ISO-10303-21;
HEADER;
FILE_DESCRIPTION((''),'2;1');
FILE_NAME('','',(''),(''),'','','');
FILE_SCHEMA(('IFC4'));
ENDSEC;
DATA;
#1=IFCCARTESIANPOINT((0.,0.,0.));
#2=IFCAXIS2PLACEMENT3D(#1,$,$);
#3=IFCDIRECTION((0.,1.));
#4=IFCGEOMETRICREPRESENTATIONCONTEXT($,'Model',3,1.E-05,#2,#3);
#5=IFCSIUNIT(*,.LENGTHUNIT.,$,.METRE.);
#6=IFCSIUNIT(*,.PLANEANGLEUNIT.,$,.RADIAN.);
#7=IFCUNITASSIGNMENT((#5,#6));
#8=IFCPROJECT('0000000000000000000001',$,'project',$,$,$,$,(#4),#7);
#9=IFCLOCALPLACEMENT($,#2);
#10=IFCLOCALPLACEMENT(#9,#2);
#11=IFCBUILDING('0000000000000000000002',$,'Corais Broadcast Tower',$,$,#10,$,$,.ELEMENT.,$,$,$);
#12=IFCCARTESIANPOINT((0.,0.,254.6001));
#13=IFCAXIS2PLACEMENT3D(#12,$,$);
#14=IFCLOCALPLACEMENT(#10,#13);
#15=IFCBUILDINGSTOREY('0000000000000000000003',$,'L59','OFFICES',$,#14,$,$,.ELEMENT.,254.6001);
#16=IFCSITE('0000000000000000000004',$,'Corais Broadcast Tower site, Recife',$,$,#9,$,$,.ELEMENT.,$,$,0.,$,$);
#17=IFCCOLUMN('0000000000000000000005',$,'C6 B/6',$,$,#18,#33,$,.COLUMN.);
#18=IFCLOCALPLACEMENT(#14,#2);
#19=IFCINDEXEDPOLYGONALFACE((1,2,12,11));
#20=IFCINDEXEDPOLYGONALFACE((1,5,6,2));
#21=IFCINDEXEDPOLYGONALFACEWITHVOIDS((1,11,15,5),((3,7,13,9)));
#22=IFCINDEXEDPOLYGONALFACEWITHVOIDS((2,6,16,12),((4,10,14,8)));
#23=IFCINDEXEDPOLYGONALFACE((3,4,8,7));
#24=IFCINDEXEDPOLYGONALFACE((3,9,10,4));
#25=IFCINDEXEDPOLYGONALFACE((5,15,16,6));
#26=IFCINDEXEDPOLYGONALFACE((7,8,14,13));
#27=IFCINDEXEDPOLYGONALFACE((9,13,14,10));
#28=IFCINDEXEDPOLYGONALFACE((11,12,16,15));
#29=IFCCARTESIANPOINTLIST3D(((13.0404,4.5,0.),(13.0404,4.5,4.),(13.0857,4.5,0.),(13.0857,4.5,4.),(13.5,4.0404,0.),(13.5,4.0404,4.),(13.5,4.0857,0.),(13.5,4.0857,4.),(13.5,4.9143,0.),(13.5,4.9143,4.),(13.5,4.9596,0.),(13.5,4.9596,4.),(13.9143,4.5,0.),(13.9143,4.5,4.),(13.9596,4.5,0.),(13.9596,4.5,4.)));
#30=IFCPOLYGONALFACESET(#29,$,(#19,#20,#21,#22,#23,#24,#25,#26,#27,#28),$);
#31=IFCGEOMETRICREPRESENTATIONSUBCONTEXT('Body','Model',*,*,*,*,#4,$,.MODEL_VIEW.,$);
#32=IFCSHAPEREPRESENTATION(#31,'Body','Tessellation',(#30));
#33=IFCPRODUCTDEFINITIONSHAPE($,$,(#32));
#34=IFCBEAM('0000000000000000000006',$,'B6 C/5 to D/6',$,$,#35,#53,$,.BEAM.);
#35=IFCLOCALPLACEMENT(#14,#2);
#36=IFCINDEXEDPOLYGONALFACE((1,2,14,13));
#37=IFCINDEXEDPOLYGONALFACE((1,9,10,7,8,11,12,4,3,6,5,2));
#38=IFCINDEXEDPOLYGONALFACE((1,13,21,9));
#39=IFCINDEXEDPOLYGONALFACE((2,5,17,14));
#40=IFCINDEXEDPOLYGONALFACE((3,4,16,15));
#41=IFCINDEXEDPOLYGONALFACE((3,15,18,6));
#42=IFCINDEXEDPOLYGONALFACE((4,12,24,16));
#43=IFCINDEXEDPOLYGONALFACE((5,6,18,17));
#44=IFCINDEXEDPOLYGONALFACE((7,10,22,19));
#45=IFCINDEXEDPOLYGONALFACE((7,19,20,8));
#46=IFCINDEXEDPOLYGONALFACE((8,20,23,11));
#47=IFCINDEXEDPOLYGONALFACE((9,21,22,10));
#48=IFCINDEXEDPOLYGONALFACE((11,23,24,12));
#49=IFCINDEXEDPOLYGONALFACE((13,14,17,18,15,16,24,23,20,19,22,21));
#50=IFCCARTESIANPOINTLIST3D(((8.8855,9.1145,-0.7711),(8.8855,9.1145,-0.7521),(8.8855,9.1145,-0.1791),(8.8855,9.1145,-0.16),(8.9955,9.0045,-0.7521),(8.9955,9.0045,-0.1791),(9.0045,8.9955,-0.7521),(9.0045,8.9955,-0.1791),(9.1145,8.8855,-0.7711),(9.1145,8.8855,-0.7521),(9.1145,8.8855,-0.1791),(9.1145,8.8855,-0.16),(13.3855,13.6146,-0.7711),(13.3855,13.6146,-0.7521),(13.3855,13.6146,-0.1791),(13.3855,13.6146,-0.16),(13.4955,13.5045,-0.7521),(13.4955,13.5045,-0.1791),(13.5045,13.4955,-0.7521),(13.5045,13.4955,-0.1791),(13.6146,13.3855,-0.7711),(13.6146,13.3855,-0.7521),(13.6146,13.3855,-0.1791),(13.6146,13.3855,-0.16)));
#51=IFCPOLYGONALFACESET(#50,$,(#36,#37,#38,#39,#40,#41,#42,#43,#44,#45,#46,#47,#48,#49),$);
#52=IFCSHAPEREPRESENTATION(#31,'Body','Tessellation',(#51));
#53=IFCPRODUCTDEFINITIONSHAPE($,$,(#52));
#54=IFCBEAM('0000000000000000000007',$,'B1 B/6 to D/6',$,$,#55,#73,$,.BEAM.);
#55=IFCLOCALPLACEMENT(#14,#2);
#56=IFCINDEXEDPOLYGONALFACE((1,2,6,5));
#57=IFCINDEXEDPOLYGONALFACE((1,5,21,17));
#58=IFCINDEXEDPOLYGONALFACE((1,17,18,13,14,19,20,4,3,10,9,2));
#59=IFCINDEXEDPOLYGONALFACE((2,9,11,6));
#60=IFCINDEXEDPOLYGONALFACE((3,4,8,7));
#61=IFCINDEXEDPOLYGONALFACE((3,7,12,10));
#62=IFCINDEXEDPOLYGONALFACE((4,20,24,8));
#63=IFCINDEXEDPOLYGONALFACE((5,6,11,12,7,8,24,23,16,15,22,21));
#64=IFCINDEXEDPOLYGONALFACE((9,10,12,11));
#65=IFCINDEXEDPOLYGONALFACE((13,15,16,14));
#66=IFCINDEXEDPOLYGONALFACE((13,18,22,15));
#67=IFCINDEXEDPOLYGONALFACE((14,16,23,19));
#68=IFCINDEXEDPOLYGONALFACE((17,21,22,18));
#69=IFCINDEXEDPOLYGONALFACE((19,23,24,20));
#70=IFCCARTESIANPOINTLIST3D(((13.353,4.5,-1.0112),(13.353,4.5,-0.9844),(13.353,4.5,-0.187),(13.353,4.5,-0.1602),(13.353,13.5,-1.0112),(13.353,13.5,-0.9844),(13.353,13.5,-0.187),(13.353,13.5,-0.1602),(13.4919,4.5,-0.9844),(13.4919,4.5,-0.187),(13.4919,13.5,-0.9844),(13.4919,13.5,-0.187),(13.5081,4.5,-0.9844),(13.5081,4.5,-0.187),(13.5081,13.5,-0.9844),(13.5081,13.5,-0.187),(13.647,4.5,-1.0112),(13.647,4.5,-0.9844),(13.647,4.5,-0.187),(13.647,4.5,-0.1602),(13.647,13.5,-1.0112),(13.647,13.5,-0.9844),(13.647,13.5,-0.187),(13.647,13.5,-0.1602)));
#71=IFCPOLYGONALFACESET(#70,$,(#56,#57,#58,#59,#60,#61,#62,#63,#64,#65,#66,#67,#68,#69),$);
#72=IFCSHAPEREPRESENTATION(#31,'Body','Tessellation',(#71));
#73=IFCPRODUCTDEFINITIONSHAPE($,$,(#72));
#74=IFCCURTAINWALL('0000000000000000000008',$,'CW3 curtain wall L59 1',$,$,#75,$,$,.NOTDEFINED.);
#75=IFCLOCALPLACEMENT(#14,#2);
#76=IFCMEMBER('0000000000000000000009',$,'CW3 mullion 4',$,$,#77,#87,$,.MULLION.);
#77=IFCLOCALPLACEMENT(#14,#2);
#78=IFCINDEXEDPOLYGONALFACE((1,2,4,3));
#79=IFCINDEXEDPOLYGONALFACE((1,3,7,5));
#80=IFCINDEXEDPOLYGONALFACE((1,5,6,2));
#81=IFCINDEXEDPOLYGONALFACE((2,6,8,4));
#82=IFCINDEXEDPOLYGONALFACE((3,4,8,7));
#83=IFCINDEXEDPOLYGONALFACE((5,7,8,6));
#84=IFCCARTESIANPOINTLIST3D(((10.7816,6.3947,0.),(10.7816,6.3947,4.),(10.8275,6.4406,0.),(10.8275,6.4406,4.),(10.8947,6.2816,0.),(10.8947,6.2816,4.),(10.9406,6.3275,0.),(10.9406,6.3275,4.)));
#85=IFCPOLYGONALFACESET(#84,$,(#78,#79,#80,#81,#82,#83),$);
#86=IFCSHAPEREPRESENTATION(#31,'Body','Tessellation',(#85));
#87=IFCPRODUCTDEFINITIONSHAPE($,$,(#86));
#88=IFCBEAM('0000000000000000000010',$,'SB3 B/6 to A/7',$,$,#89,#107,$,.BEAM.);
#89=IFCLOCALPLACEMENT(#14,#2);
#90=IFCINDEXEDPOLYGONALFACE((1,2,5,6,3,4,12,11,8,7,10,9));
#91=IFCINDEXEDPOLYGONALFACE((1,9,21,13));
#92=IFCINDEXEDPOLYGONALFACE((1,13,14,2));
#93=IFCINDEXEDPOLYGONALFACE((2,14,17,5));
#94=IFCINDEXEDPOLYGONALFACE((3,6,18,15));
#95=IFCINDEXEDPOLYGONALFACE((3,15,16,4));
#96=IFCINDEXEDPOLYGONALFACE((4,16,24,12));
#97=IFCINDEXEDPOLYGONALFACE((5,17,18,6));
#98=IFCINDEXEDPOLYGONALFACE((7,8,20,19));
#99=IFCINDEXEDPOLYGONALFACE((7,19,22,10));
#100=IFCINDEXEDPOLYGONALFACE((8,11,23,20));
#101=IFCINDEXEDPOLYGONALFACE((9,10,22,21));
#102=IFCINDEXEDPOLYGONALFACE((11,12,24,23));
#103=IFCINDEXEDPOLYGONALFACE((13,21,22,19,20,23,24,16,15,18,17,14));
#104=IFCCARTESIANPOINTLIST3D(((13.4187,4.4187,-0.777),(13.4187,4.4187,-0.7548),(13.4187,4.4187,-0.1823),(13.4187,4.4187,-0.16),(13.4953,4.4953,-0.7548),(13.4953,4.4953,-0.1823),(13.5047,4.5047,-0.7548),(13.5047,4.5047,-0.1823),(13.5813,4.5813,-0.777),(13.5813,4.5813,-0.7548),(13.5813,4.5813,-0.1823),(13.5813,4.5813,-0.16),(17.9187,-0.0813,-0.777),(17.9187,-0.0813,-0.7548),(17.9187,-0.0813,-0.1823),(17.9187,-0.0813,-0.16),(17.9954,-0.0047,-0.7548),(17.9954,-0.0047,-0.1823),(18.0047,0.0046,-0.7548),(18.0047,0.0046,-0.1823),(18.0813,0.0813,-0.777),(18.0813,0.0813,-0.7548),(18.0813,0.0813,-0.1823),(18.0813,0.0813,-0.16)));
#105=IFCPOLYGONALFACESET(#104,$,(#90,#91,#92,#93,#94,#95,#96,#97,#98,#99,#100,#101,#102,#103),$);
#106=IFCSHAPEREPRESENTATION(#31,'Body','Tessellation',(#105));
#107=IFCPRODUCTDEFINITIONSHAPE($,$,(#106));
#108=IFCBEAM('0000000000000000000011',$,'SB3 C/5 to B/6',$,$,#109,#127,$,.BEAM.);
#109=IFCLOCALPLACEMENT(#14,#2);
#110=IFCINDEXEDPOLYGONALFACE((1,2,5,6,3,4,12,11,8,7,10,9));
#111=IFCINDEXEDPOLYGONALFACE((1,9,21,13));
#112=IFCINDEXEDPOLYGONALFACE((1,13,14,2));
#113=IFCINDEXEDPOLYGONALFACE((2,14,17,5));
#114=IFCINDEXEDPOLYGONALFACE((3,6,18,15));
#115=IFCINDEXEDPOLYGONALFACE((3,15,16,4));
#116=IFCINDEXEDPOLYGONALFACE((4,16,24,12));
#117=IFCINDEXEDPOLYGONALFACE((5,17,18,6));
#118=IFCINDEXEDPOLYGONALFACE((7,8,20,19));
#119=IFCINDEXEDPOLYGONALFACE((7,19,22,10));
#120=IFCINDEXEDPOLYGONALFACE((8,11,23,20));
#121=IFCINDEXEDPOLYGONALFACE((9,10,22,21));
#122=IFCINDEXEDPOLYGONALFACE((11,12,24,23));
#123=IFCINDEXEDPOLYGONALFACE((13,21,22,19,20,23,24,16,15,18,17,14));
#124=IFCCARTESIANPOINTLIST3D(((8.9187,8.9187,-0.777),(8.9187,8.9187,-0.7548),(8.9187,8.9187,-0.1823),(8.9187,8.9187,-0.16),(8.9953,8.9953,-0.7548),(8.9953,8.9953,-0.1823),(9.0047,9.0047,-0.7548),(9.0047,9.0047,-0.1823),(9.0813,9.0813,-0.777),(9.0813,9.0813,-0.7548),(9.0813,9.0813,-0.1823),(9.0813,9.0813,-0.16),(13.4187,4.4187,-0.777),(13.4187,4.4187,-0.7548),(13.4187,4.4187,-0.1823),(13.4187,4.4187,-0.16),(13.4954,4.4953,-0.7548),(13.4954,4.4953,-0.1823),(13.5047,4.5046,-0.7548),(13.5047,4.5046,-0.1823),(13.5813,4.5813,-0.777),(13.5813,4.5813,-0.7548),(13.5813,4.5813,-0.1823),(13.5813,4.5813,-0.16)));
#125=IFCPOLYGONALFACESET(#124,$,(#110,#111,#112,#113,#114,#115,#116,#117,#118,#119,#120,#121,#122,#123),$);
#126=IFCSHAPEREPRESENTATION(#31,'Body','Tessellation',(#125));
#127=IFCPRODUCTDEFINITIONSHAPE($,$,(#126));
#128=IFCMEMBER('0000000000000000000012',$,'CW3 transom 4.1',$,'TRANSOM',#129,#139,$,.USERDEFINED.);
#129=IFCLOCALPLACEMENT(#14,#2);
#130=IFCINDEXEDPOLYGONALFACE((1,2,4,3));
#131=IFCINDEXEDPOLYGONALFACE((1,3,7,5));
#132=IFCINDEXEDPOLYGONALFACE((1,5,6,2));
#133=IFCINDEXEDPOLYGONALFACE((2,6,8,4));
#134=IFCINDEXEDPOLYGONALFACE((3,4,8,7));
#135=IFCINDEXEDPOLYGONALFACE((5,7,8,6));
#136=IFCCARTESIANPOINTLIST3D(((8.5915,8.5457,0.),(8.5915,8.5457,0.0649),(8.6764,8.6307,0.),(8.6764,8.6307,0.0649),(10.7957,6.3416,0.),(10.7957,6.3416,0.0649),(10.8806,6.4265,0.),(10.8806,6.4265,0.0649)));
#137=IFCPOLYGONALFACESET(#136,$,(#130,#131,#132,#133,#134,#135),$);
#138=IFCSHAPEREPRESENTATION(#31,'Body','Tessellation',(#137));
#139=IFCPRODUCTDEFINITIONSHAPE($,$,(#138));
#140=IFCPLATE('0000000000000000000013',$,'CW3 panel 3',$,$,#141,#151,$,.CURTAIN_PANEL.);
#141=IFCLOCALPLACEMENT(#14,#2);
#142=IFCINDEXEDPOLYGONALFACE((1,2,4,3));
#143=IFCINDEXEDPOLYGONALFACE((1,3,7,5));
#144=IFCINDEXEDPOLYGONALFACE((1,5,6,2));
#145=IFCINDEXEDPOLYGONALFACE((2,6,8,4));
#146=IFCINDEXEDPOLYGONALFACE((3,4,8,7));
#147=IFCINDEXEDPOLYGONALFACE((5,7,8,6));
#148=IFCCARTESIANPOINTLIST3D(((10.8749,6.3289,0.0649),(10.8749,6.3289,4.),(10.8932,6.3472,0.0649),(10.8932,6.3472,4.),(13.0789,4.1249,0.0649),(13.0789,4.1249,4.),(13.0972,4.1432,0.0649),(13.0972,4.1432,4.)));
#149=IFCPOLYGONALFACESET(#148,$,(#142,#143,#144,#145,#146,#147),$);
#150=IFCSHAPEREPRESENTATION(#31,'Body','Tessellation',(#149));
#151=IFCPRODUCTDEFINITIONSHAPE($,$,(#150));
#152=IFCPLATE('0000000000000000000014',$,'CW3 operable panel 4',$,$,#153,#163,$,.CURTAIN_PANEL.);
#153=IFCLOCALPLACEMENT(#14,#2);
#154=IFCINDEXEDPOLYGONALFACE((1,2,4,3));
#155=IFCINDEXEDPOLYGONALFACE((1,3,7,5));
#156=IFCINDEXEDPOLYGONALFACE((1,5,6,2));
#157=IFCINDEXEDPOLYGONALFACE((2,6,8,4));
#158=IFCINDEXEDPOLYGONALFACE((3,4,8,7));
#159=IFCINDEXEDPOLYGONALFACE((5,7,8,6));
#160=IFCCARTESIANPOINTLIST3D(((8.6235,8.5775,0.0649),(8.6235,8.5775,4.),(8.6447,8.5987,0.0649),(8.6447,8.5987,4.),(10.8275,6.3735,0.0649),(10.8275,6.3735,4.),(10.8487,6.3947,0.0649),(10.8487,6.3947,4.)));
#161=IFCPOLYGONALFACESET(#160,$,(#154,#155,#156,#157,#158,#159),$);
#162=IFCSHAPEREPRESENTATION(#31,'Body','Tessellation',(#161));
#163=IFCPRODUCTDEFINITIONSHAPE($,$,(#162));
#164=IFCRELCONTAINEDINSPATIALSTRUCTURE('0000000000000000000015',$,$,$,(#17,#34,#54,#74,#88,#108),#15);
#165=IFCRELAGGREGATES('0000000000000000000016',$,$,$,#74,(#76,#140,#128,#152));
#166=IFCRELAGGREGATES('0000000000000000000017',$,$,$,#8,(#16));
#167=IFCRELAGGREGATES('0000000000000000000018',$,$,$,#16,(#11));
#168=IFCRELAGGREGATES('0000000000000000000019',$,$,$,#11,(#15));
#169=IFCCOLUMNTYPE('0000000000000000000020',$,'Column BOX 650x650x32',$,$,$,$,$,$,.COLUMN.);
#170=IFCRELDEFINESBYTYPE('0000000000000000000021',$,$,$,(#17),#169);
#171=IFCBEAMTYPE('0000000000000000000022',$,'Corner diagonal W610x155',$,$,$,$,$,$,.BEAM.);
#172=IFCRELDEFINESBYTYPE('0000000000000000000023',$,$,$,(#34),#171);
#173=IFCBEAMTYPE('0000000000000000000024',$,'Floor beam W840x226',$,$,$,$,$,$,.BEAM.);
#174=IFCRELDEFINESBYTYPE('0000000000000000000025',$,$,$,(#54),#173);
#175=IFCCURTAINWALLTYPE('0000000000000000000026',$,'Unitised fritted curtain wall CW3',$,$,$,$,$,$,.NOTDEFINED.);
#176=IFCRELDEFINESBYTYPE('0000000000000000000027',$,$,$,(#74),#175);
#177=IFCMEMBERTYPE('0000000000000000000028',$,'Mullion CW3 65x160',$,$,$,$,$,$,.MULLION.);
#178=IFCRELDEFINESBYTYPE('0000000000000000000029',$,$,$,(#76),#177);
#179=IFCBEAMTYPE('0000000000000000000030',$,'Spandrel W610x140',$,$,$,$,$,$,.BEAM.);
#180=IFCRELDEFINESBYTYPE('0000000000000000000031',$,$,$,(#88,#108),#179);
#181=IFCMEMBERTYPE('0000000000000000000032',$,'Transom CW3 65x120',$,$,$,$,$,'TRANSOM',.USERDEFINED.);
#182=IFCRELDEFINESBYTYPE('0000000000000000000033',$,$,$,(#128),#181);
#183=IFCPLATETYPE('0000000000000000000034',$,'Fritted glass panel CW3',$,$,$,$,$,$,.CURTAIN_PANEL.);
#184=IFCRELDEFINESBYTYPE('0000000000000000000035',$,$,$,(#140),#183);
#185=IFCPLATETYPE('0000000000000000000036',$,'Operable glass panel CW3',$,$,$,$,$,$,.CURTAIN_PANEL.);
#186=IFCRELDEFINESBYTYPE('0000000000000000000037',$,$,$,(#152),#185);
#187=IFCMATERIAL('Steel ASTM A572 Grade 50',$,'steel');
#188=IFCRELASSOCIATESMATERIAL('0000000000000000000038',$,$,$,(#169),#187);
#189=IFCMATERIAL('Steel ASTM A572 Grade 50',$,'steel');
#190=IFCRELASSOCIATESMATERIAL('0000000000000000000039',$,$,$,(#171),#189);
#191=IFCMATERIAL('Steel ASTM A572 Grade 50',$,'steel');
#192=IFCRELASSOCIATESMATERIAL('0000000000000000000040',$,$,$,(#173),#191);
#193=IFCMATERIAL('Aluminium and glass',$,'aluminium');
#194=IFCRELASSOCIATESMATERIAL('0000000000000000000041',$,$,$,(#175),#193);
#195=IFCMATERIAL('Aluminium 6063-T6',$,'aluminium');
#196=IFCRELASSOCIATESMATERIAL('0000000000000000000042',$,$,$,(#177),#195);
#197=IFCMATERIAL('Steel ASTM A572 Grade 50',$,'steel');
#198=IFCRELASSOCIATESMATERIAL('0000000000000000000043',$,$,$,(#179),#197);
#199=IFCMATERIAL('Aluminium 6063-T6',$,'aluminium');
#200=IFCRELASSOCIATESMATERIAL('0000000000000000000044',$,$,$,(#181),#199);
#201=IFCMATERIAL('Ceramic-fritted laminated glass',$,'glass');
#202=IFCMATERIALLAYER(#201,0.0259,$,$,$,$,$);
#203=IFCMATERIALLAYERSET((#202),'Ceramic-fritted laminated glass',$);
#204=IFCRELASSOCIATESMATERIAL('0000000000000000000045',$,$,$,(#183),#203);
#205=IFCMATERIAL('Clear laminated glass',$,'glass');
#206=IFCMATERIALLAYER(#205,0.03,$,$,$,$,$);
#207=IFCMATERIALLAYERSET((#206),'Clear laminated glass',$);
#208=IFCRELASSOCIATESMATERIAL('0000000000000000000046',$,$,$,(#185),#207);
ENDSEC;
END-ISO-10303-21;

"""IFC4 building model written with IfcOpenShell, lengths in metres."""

from ifc_helpers import new_model, si_unit, direction, frame, origin, origin_2d, place, context, subcontext, project, spatial, rectangle, hollow_rectangle, i_section, extrude, material, layer, layer_set, material_profile, profile_set, type_object, element, aggregate, save


model = new_model("IFC4")

# Units and contexts
model_context = context("Model", 3, precision=1e-05, world=origin(), true_north=direction((0.0, 1.0)))
body_context = subcontext(model_context, "Body", "Model", "MODEL_VIEW")
ifc_project = project(units=[si_unit("LENGTHUNIT", "METRE"), si_unit("PLANEANGLEUNIT", "RADIAN")], contexts=[model_context])

# Site, building, storey
site_placement = place(None, origin())
site = spatial("IfcSite", under=ifc_project, at=site_placement, Name="Corais Broadcast Tower site, Recife", CompositionType="ELEMENT", RefElevation=0.0)
building_placement = place(site_placement, origin())
building = spatial("IfcBuilding", under=site, at=building_placement, Name="Corais Broadcast Tower", CompositionType="ELEMENT")
storey_placement = place(building_placement, frame((0.0, 0.0, 254.6001)))
storey = spatial("IfcBuildingStorey", under=building, at=storey_placement, Name="L59", Description="OFFICES", CompositionType="ELEMENT", Elevation=254.6001)

# Column
ifc_material_1 = material(Name="Steel ASTM A572 Grade 50", Category="steel")
ifc_material_profile_1 = material_profile(ifc_material_1, hollow_rectangle(XDim=0.6499, YDim=0.6499, WallThickness=0.032, at=origin_2d()), Name="BOX 650x650x32")
ifc_profile_set_1 = profile_set([ifc_material_profile_1], Name="Steel ASTM A572 Grade 50")
column_type = type_object("IfcColumnType", Name="Column BOX 650x650x32", PredefinedType="COLUMN", material=ifc_profile_set_1)
column_placement = place(storey_placement, frame((13.5, 4.5, 0.0), z_axis=(0.0, 0.0, 1.0), x_axis=(0.707107, 0.707107, 0.0)))
element("IfcColumn", 1, at=column_placement, inside=storey, type_object=column_type, Name="C6 B/6", PredefinedType="COLUMN", context=body_context, shape_type="SweptSolid", body=[
    extrude(hollow_rectangle(XDim=0.6499, YDim=0.6499, WallThickness=0.032, at=origin_2d()), origin(), (0.0, 0.0, 1.0), 4.0),
])

# Beams
ifc_material_2 = material(Name="Steel ASTM A572 Grade 50", Category="steel")
ifc_material_profile_2 = material_profile(ifc_material_2, i_section(OverallWidth=0.324, OverallDepth=0.6111, WebThickness=0.0127, FlangeThickness=0.019, at=origin_2d()), Name="W610x155")
ifc_profile_set_2 = profile_set([ifc_material_profile_2], Name="Steel ASTM A572 Grade 50")
beam_type_1 = type_object("IfcBeamType", Name="Corner diagonal W610x155", PredefinedType="BEAM", material=ifc_profile_set_2)
beam_1_placement = place(storey_placement, frame((9.0, 9.0, -0.4656), z_axis=(0.707107, 0.707107, 0.0), x_axis=(-0.707107, 0.707107, 0.0)))
element("IfcBeam", 2, at=beam_1_placement, inside=storey, type_object=beam_type_1, Name="B6 C/5 to D/6", PredefinedType="BEAM", context=body_context, shape_type="SweptSolid", body=[
    extrude(i_section(OverallWidth=0.324, OverallDepth=0.6111, WebThickness=0.0127, FlangeThickness=0.019, at=origin_2d()), origin(), (0.0, 0.0, 1.0), 6.364),
])
ifc_material_3 = material(Name="Steel ASTM A572 Grade 50", Category="steel")
ifc_material_profile_3 = material_profile(ifc_material_3, i_section(OverallWidth=0.2939, OverallDepth=0.8511, WebThickness=0.0161, FlangeThickness=0.0269, at=origin_2d()), Name="W840x226")
ifc_profile_set_3 = profile_set([ifc_material_profile_3], Name="Steel ASTM A572 Grade 50")
beam_type_2 = type_object("IfcBeamType", Name="Floor beam W840x226", PredefinedType="BEAM", material=ifc_profile_set_3)
beam_2_placement = place(storey_placement, frame((13.5, 4.5, -0.5857), z_axis=(0.0, 1.0, 0.0), x_axis=(-1.0, 0.0, 0.0)))
element("IfcBeam", 3, at=beam_2_placement, inside=storey, type_object=beam_type_2, Name="B1 B/6 to D/6", PredefinedType="BEAM", context=body_context, shape_type="SweptSolid", body=[
    extrude(i_section(OverallWidth=0.2939, OverallDepth=0.8511, WebThickness=0.0161, FlangeThickness=0.0269, at=origin_2d()), origin(), (0.0, 0.0, 1.0), 9.0),
])

# Curtain wall, member
ifc_material_4 = material(Name="Aluminium and glass", Category="aluminium")
curtain_wall_type = type_object("IfcCurtainWallType", Name="Unitised fritted curtain wall CW3", PredefinedType="NOTDEFINED", material=ifc_material_4)
curtain_wall_placement = place(storey_placement, origin())
curtain_wall = element("IfcCurtainWall", 4, at=curtain_wall_placement, inside=storey, type_object=curtain_wall_type, Name="CW3 curtain wall L59 1", PredefinedType="NOTDEFINED")
ifc_material_5 = material(Name="Aluminium 6063-T6", Category="aluminium")
ifc_material_profile_4 = material_profile(ifc_material_5, rectangle(XDim=0.0649, YDim=0.1599, at=origin_2d()), Name="Mullion CW3 65x160")
ifc_profile_set_4 = profile_set([ifc_material_profile_4], Name="Aluminium 6063-T6")
member_type_1 = type_object("IfcMemberType", Name="Mullion CW3 65x160", PredefinedType="MULLION", material=ifc_profile_set_4)
member_1_placement = place(storey_placement, frame((10.8611, 6.3611, 0.0), z_axis=(0.0, 0.0, 1.0), x_axis=(-0.707107, -0.707107, 0.0)))
member_1 = element("IfcMember", 5, at=member_1_placement, type_object=member_type_1, Name="CW3 mullion 4", PredefinedType="MULLION", context=body_context, shape_type="SweptSolid", body=[
    extrude(rectangle(XDim=0.0649, YDim=0.1599, at=origin_2d()), origin(), (0.0, 0.0, 1.0), 4.0),
])

# Beams
ifc_material_6 = material(Name="Steel ASTM A572 Grade 50", Category="steel")
ifc_material_profile_5 = material_profile(ifc_material_6, i_section(OverallWidth=0.23, OverallDepth=0.6169, WebThickness=0.0132, FlangeThickness=0.0222, at=origin_2d()), Name="W610x140")
ifc_profile_set_5 = profile_set([ifc_material_profile_5], Name="Steel ASTM A572 Grade 50")
beam_type_3 = type_object("IfcBeamType", Name="Spandrel W610x140", PredefinedType="BEAM", material=ifc_profile_set_5)
for number, where, z_axis, x_axis, name in (
    (6, (13.5, 4.5, -0.4685), (0.707107, -0.707107, 0.0), (0.707107, 0.707107, 0.0), "SB3 B/6 to A/7"),
    (7, (9.0, 9.0, -0.4685), (0.707107, -0.707107, 0.0), (0.707107, 0.707107, 0.0), "SB3 C/5 to B/6"),
):
    element("IfcBeam", number, at=place(storey_placement, frame(where, z_axis=z_axis, x_axis=x_axis)), inside=storey, type_object=beam_type_3, Name=name, PredefinedType="BEAM", context=body_context, shape_type="SweptSolid", body=[
        extrude(i_section(OverallWidth=0.23, OverallDepth=0.6169, WebThickness=0.0132, FlangeThickness=0.0222, at=origin_2d()), origin(), (0.0, 0.0, 1.0), 6.364),
    ])

# Member
ifc_material_7 = material(Name="Aluminium 6063-T6", Category="aluminium")
ifc_material_profile_6 = material_profile(ifc_material_7, rectangle(XDim=0.1201, YDim=0.0649, at=origin_2d()), Name="Transom CW3 65x120")
ifc_profile_set_6 = profile_set([ifc_material_profile_6], Name="Aluminium 6063-T6")
member_type_2 = type_object("IfcMemberType", Name="Transom CW3 65x120", ElementType="TRANSOM", PredefinedType="USERDEFINED", material=ifc_profile_set_6)
member_2_placement = place(storey_placement, frame((10.8381, 6.384, 0.0325), z_axis=(-0.707107, 0.707107, 0.0), x_axis=(-0.707107, -0.707107, 0.0)))
member_2 = element("IfcMember", 8, at=member_2_placement, type_object=member_type_2, Name="CW3 transom 4.1", ObjectType="TRANSOM", PredefinedType="USERDEFINED", context=body_context, shape_type="SweptSolid", body=[
    extrude(rectangle(XDim=0.1201, YDim=0.0649, at=origin_2d()), origin(), (0.0, 0.0, 1.0), 3.1172),
])

# Plates
ifc_material_8 = material(Name="Ceramic-fritted laminated glass", Category="glass")
ifc_layer_1 = layer(ifc_material_8, 0.0259)
ifc_layer_set_1 = layer_set([ifc_layer_1], Name="Ceramic-fritted laminated glass")
plate_type_1 = type_object("IfcPlateType", Name="Fritted glass panel CW3", PredefinedType="CURTAIN_PANEL", material=ifc_layer_set_1)
plate_1_placement = place(storey_placement, frame((11.9861, 5.2361, 0.0649), z_axis=(0.0, 0.0, 1.0), x_axis=(-0.707107, 0.707107, 0.0)))
plate_1 = element("IfcPlate", 9, at=plate_1_placement, type_object=plate_type_1, Name="CW3 panel 3", PredefinedType="CURTAIN_PANEL", context=body_context, shape_type="SweptSolid", body=[
    extrude(rectangle(XDim=3.1169, YDim=0.0259, at=origin_2d()), origin(), (0.0, 0.0, 1.0), 3.9351),
])
ifc_material_9 = material(Name="Clear laminated glass", Category="glass")
ifc_layer_2 = layer(ifc_material_9, 0.03)
ifc_layer_set_2 = layer_set([ifc_layer_2], Name="Clear laminated glass")
plate_type_2 = type_object("IfcPlateType", Name="Operable glass panel CW3", PredefinedType="CURTAIN_PANEL", material=ifc_layer_set_2)
plate_2_placement = place(storey_placement, frame((9.7361, 7.4861, 0.0649), z_axis=(0.0, 0.0, 1.0), x_axis=(-0.707107, 0.707107, 0.0)))
plate_2 = element("IfcPlate", 10, at=plate_2_placement, type_object=plate_type_2, Name="CW3 operable panel 4", PredefinedType="CURTAIN_PANEL", context=body_context, shape_type="SweptSolid", body=[
    extrude(rectangle(XDim=3.1169, YDim=0.03, at=origin_2d()), origin(), (0.0, 0.0, 1.0), 3.9351),
])
aggregate(curtain_wall, [member_1, plate_1, member_2, plate_2])

save(model, "model.ifc")
